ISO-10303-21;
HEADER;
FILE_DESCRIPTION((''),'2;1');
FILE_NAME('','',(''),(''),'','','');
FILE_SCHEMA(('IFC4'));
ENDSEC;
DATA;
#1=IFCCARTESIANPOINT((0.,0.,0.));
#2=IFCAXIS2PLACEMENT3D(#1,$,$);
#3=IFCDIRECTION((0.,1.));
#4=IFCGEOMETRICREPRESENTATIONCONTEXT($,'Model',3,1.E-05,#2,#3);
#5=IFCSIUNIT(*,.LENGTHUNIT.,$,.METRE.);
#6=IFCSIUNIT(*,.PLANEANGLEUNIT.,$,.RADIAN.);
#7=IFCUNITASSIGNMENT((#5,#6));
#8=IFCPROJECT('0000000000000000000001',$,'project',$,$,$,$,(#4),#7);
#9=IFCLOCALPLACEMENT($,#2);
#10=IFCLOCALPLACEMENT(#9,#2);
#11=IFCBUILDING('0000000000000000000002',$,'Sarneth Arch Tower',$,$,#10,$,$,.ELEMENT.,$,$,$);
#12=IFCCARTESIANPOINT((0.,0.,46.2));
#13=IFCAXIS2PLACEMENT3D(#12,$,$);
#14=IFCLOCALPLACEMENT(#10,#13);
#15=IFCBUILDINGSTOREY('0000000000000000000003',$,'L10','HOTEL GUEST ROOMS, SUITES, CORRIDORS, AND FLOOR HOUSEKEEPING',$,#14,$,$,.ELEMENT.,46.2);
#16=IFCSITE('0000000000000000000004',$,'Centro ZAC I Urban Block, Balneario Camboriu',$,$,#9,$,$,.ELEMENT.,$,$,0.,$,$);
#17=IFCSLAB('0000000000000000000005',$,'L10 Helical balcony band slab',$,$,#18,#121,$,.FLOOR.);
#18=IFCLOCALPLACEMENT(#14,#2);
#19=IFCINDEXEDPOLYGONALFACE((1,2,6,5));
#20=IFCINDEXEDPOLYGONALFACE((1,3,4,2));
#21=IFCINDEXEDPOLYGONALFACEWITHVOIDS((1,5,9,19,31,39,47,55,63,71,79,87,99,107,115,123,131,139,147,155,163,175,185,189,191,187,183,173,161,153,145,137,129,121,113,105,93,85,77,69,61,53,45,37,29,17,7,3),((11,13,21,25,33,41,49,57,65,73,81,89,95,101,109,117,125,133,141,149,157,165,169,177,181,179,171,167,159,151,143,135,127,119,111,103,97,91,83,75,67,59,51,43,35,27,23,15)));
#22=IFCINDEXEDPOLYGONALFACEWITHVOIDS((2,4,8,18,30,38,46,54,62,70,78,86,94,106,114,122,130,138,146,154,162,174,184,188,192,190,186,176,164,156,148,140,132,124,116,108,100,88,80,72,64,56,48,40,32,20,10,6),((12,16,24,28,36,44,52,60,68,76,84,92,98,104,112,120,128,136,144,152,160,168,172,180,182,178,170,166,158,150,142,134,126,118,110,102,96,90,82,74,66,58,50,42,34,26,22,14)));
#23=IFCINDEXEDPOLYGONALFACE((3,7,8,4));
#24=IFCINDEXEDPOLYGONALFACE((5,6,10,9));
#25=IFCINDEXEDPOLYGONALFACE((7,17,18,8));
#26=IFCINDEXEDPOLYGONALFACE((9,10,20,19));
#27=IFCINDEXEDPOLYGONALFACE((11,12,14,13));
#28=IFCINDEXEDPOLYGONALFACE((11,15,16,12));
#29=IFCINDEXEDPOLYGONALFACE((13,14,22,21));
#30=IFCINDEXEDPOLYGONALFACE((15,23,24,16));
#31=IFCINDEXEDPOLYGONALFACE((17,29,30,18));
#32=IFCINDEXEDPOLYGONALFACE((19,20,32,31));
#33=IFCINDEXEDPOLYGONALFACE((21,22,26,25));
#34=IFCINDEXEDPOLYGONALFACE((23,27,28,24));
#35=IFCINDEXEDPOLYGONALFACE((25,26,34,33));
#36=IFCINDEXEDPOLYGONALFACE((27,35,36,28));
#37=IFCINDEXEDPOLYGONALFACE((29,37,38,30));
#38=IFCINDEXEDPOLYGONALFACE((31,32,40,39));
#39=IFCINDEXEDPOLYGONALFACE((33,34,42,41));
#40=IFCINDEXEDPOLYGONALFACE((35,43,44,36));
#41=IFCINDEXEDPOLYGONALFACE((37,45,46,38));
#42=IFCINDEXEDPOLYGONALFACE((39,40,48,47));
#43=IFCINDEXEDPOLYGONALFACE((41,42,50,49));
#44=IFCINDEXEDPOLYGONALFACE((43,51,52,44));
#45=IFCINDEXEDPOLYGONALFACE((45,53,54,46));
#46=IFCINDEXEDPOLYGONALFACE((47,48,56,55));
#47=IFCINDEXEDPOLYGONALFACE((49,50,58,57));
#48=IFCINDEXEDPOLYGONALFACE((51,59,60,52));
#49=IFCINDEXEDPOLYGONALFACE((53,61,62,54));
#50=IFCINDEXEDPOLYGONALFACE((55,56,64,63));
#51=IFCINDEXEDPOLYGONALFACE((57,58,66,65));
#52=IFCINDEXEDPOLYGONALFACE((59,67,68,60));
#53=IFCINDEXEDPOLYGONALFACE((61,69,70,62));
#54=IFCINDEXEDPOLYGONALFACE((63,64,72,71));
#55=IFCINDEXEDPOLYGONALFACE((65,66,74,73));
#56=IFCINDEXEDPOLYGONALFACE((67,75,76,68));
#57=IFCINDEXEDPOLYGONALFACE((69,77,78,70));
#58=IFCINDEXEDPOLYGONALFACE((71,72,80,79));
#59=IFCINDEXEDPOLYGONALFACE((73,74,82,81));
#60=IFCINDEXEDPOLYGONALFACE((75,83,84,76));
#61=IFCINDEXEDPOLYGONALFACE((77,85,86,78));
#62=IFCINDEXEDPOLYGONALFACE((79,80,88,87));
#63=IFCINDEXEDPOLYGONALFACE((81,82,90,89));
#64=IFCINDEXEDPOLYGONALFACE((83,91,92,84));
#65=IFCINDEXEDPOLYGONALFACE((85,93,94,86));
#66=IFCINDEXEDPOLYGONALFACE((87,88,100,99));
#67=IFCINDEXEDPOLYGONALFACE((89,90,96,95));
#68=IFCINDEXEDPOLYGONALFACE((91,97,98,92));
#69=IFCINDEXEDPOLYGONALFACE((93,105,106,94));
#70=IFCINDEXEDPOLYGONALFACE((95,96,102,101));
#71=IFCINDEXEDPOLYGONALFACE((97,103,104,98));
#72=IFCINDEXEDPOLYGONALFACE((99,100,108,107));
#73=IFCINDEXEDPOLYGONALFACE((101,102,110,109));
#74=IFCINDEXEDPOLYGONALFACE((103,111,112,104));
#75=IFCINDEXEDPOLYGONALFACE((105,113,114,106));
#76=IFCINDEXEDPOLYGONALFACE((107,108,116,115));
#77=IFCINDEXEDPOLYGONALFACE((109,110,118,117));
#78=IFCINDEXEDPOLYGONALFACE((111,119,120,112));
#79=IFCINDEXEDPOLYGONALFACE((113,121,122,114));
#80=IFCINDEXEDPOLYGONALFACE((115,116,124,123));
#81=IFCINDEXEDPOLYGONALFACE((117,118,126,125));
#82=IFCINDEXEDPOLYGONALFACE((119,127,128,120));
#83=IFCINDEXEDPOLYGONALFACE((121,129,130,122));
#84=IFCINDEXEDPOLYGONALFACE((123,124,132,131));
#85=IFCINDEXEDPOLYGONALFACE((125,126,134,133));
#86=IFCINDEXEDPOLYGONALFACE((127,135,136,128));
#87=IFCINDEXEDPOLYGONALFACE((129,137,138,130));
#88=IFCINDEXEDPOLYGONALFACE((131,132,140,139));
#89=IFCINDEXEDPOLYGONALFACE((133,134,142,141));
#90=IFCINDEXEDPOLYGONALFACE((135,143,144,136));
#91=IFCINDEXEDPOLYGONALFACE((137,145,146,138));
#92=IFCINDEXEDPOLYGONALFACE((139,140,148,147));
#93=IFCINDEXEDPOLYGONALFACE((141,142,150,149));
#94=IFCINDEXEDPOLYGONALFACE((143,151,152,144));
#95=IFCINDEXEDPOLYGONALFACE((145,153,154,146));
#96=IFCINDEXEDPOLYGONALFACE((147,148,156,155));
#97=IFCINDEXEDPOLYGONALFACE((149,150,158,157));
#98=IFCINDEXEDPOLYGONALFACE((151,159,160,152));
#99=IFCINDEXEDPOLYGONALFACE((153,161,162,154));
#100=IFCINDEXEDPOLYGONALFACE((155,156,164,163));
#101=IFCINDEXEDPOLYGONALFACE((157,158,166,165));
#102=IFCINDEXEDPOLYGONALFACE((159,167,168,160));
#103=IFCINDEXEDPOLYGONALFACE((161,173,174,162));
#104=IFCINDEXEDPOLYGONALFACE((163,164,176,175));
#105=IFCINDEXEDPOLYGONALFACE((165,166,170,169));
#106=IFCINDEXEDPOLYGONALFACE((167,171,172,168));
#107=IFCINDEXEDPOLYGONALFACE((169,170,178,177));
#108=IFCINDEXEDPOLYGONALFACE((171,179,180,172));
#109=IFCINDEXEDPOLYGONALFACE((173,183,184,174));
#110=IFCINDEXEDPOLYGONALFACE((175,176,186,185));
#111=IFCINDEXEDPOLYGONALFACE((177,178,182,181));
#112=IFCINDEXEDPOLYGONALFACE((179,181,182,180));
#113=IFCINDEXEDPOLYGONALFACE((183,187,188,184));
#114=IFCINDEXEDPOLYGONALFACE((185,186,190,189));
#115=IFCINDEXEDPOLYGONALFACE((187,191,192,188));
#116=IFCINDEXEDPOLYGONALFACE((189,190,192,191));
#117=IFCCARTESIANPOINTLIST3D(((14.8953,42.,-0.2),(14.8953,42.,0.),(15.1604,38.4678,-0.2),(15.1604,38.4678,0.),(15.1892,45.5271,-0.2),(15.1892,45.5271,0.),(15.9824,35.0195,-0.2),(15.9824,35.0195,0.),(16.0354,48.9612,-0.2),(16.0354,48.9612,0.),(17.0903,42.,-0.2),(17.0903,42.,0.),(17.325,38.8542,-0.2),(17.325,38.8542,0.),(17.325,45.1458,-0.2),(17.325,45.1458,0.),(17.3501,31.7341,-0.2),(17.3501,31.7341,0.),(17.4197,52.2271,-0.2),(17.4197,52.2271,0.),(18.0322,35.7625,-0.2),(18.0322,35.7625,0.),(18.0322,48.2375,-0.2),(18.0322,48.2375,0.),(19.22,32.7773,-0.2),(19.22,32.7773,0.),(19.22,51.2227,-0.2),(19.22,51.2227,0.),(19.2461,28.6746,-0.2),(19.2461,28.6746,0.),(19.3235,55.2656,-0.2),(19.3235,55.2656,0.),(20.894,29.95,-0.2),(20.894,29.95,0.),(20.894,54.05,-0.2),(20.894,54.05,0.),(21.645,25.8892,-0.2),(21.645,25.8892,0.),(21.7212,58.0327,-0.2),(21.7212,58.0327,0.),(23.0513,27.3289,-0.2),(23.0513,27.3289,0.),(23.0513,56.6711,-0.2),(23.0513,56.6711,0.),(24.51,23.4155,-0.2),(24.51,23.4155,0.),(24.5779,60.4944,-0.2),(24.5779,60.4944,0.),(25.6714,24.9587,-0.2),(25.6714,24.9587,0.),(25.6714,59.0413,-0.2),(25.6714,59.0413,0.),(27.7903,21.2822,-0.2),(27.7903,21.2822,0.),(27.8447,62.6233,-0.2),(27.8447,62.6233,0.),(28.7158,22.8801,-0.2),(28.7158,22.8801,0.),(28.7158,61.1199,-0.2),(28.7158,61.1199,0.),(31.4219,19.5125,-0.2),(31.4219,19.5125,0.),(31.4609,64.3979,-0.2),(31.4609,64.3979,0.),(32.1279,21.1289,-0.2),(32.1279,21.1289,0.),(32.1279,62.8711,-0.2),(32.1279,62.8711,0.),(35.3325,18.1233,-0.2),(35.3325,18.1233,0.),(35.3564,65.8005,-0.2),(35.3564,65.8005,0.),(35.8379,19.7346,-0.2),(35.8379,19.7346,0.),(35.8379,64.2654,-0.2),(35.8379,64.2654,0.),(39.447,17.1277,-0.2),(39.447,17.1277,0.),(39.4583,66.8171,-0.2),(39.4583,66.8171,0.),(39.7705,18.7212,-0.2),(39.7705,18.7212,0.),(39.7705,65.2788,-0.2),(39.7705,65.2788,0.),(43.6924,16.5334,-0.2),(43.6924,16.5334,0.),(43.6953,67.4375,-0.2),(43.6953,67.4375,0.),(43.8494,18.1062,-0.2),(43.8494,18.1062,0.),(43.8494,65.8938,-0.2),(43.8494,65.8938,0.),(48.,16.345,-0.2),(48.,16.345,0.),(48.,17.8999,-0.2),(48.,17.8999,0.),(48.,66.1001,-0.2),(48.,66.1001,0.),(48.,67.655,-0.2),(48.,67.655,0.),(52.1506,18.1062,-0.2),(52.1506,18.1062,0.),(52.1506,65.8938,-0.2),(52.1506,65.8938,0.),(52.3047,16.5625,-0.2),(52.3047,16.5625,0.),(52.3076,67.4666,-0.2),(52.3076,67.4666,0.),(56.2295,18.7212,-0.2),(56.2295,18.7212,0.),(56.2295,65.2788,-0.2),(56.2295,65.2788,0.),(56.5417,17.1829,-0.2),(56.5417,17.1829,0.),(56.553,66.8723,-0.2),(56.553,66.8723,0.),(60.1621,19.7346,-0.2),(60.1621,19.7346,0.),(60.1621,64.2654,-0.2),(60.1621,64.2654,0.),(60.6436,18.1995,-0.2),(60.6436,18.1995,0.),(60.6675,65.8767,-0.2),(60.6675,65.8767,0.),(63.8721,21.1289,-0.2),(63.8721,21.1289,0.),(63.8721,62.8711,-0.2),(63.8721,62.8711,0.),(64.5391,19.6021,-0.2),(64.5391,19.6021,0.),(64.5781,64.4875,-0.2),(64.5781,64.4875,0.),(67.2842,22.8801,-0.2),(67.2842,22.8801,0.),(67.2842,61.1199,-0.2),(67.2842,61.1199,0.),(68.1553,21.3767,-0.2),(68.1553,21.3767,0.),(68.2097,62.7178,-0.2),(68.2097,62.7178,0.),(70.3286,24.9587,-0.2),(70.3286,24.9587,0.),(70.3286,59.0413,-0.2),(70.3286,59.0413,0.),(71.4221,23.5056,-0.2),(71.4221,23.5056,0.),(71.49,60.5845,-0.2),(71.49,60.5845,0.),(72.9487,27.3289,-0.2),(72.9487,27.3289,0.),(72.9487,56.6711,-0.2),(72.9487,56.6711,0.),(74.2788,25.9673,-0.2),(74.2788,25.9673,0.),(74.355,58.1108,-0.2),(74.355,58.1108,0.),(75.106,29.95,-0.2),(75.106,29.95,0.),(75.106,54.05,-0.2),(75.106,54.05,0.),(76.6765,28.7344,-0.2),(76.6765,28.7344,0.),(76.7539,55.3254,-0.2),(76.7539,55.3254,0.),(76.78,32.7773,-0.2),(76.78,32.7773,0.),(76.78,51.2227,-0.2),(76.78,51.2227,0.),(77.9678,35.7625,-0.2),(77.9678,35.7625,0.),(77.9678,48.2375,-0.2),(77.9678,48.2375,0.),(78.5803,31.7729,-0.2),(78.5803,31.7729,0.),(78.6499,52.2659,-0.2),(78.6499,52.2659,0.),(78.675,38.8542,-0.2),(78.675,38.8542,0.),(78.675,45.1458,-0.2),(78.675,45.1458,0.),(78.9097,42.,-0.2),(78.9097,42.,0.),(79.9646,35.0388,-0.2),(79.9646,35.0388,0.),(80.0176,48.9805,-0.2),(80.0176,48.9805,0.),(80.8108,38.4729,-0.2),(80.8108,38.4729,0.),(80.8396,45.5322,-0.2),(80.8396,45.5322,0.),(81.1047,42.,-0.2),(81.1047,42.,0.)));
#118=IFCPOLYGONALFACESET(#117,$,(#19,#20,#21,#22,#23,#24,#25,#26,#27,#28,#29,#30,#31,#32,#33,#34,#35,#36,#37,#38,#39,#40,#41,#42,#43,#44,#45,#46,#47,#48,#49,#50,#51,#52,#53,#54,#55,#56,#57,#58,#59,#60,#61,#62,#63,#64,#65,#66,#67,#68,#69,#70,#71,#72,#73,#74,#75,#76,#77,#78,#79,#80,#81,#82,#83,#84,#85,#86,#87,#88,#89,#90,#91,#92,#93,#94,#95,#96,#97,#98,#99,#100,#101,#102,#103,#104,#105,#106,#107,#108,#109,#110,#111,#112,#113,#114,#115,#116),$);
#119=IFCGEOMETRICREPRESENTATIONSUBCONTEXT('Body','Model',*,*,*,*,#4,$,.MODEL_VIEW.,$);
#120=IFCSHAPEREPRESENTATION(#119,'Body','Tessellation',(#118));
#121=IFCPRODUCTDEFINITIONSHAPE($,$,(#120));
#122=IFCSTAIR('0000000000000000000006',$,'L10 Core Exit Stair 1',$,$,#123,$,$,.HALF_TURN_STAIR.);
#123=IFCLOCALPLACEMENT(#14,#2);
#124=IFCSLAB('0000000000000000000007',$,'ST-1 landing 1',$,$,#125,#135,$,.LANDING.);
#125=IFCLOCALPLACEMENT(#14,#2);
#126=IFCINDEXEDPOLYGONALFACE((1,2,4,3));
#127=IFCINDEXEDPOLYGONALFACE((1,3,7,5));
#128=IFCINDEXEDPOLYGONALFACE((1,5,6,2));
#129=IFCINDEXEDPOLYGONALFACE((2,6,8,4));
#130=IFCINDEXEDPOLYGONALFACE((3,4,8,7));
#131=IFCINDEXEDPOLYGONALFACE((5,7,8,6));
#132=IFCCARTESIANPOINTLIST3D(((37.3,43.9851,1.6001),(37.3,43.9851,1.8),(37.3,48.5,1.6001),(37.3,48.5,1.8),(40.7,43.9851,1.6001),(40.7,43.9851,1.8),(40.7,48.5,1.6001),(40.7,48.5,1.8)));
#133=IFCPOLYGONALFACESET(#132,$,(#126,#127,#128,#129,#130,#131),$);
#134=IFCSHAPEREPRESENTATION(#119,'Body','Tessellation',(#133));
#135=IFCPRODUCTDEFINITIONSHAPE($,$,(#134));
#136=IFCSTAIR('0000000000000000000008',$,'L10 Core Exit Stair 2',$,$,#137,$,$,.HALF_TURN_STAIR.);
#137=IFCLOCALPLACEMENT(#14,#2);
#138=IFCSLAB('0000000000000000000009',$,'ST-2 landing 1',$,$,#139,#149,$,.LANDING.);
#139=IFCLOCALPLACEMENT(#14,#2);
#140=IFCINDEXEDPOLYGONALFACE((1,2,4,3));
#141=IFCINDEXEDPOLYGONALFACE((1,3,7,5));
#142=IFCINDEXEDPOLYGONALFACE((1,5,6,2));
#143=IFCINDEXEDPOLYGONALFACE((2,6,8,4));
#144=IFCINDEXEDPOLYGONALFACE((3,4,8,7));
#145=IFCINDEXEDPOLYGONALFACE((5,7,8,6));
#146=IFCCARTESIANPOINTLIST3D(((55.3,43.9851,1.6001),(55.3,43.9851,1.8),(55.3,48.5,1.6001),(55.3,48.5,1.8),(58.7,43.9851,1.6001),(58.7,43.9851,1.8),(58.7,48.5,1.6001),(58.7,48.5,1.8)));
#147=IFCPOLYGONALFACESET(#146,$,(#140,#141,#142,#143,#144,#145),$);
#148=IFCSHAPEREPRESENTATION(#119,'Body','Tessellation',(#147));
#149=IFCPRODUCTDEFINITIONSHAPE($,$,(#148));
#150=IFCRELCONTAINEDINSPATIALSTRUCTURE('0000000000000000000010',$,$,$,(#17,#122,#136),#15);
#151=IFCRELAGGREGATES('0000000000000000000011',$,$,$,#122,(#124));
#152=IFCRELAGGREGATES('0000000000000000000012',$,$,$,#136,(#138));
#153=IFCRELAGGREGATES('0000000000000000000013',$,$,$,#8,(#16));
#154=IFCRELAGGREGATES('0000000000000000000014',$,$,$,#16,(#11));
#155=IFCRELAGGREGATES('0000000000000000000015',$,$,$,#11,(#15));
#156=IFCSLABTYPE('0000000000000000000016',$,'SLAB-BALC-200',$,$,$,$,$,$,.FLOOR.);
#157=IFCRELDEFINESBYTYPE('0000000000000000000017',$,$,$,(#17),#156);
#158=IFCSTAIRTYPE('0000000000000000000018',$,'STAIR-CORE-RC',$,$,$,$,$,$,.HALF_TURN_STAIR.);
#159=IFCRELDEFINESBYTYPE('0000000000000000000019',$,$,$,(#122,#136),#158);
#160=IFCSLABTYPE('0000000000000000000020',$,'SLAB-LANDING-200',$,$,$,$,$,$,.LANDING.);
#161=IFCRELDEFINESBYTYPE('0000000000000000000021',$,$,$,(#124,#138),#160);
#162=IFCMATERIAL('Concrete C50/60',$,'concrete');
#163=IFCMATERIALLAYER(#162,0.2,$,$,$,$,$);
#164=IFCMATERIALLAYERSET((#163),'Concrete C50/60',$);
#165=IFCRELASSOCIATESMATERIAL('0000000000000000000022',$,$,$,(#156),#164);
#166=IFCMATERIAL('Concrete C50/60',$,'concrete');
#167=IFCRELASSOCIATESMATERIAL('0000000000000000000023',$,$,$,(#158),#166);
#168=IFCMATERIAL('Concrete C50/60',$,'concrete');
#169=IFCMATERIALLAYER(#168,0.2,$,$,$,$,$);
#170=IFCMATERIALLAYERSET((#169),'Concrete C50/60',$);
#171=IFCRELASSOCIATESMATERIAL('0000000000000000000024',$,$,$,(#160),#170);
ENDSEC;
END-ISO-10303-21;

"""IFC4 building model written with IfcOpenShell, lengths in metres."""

from ifc_helpers import new_model, si_unit, direction, frame, origin, place, context, subcontext, project, spatial, polyline, outline, extrude, material, layer, layer_set, type_object, element, aggregate, save


model = new_model("IFC4")

# Units and contexts
model_context = context("Model", 3, precision=1e-05, world=origin(), true_north=direction((0.0, 1.0)))
body_context = subcontext(model_context, "Body", "Model", "MODEL_VIEW")
ifc_project = project(units=[si_unit("LENGTHUNIT", "METRE"), si_unit("PLANEANGLEUNIT", "RADIAN")], contexts=[model_context])

# Site, building, storey
site_placement = place(None, origin())
site = spatial("IfcSite", under=ifc_project, at=site_placement, Name="Centro ZAC I Urban Block, Balneario Camboriu", CompositionType="ELEMENT", RefElevation=0.0)
building_placement = place(site_placement, origin())
building = spatial("IfcBuilding", under=site, at=building_placement, Name="Sarneth Arch Tower", CompositionType="ELEMENT")
storey_placement = place(building_placement, frame((0.0, 0.0, 46.2)))
storey = spatial("IfcBuildingStorey", under=building, at=storey_placement, Name="L10", Description="HOTEL GUEST ROOMS, SUITES, CORRIDORS, AND FLOOR HOUSEKEEPING", CompositionType="ELEMENT", Elevation=46.2)

# Slab
ifc_material_1 = material(Name="Concrete C50/60", Category="concrete")
ifc_layer_1 = layer(ifc_material_1, 0.2)
ifc_layer_set_1 = layer_set([ifc_layer_1], Name="Concrete C50/60")
slab_type_1 = type_object("IfcSlabType", Name="SLAB-BALC-200", PredefinedType="FLOOR", material=ifc_layer_set_1)
slab_1_placement = place(storey_placement, frame((0.0, 0.0, -0.2)))
element("IfcSlab", 1, at=slab_1_placement, inside=storey, type_object=slab_type_1, Name="L10 Helical balcony band slab", PredefinedType="FLOOR", context=body_context, shape_type="SweptSolid", body=[
    extrude(outline(polyline([(81.1047, 42.0), (80.8396, 45.5322), (80.0176, 48.9805), (78.6499, 52.2659), (76.7539, 55.3254), (74.355, 58.1108), (71.49, 60.5845), (68.2097, 62.7178), (64.5781, 64.4875), (60.6675, 65.8767), (56.553, 66.8723), (52.3076, 67.4666), (48.0, 67.655), (43.6953, 67.4375), (39.4583, 66.8171), (35.3564, 65.8005), (31.4609, 64.3979), (27.8447, 62.6233), (24.5779, 60.4944), (21.7212, 58.0327), (19.3235, 55.2656), (17.4197, 52.2271), (16.0354, 48.9612), (15.1892, 45.5271), (14.8953, 42.0), (15.1604, 38.4678), (15.9824, 35.0195), (17.3501, 31.7341), (19.2461, 28.6746), (21.645, 25.8892), (24.51, 23.4155), (27.7903, 21.2822), (31.4219, 19.5125), (35.3325, 18.1233), (39.447, 17.1277), (43.6924, 16.5334), (48.0, 16.345), (52.3047, 16.5625), (56.5417, 17.1829), (60.6436, 18.1995), (64.5391, 19.6021), (68.1553, 21.3767), (71.4221, 23.5056), (74.2788, 25.9673), (76.6765, 28.7344), (78.5803, 31.7729), (79.9646, 35.0388), (80.8108, 38.4729), (81.1047, 42.0)]), holes=[polyline([(78.9097, 42.0), (78.675, 45.1458), (77.9678, 48.2375), (76.78, 51.2227), (75.106, 54.05), (72.9487, 56.6711), (70.3286, 59.0413), (67.2842, 61.1199), (63.8721, 62.8711), (60.1621, 64.2654), (56.2295, 65.2788), (52.1506, 65.8938), (48.0, 66.1001), (43.8494, 65.8938), (39.7705, 65.2788), (35.8379, 64.2654), (32.1279, 62.8711), (28.7158, 61.1199), (25.6714, 59.0413), (23.0513, 56.6711), (20.894, 54.05), (19.22, 51.2227), (18.0322, 48.2375), (17.325, 45.1458), (17.0903, 42.0), (17.325, 38.8542), (18.0322, 35.7625), (19.22, 32.7773), (20.894, 29.95), (23.0513, 27.3289), (25.6714, 24.9587), (28.7158, 22.8801), (32.1279, 21.1289), (35.8379, 19.7346), (39.7705, 18.7212), (43.8494, 18.1062), (48.0, 17.8999), (52.1506, 18.1062), (56.2295, 18.7212), (60.1621, 19.7346), (63.8721, 21.1289), (67.2842, 22.8801), (70.3286, 24.9587), (72.9487, 27.3289), (75.106, 29.95), (76.78, 32.7773), (77.9678, 35.7625), (78.675, 38.8542), (78.9097, 42.0)])]), origin(), (0.0, 0.0, 1.0), 0.2),
])

# Stairs, slabs
ifc_material_2 = material(Name="Concrete C50/60", Category="concrete")
stair_type = type_object("IfcStairType", Name="STAIR-CORE-RC", PredefinedType="HALF_TURN_STAIR", material=ifc_material_2)
stair_1_placement = place(storey_placement, origin())
stair_1 = element("IfcStair", 2, at=stair_1_placement, inside=storey, type_object=stair_type, Name="L10 Core Exit Stair 1", PredefinedType="HALF_TURN_STAIR")
ifc_material_3 = material(Name="Concrete C50/60", Category="concrete")
ifc_layer_2 = layer(ifc_material_3, 0.2)
ifc_layer_set_2 = layer_set([ifc_layer_2], Name="Concrete C50/60")
slab_type_2 = type_object("IfcSlabType", Name="SLAB-LANDING-200", PredefinedType="LANDING", material=ifc_layer_set_2)
slab_2_placement = place(storey_placement, frame((0.0, 0.0, 1.6001)))
slab_2 = element("IfcSlab", 3, at=slab_2_placement, type_object=slab_type_2, Name="ST-1 landing 1", PredefinedType="LANDING", context=body_context, shape_type="SweptSolid", body=[
    extrude(outline(polyline([(37.3, 43.9851), (40.7, 43.9851), (40.7, 48.5), (37.3, 48.5), (37.3, 43.9851)])), origin(), (0.0, 0.0, 1.0), 0.2),
])
aggregate(stair_1, [slab_2])
stair_2_placement = place(storey_placement, origin())
stair_2 = element("IfcStair", 4, at=stair_2_placement, inside=storey, type_object=stair_type, Name="L10 Core Exit Stair 2", PredefinedType="HALF_TURN_STAIR")
slab_3_placement = place(storey_placement, frame((0.0, 0.0, 1.6001)))
slab_3 = element("IfcSlab", 5, at=slab_3_placement, type_object=slab_type_2, Name="ST-2 landing 1", PredefinedType="LANDING", context=body_context, shape_type="SweptSolid", body=[
    extrude(outline(polyline([(55.3, 43.9851), (58.7, 43.9851), (58.7, 48.5), (55.3, 48.5), (55.3, 43.9851)])), origin(), (0.0, 0.0, 1.0), 0.2),
])
aggregate(stair_2, [slab_3])

save(model, "model.ifc")
